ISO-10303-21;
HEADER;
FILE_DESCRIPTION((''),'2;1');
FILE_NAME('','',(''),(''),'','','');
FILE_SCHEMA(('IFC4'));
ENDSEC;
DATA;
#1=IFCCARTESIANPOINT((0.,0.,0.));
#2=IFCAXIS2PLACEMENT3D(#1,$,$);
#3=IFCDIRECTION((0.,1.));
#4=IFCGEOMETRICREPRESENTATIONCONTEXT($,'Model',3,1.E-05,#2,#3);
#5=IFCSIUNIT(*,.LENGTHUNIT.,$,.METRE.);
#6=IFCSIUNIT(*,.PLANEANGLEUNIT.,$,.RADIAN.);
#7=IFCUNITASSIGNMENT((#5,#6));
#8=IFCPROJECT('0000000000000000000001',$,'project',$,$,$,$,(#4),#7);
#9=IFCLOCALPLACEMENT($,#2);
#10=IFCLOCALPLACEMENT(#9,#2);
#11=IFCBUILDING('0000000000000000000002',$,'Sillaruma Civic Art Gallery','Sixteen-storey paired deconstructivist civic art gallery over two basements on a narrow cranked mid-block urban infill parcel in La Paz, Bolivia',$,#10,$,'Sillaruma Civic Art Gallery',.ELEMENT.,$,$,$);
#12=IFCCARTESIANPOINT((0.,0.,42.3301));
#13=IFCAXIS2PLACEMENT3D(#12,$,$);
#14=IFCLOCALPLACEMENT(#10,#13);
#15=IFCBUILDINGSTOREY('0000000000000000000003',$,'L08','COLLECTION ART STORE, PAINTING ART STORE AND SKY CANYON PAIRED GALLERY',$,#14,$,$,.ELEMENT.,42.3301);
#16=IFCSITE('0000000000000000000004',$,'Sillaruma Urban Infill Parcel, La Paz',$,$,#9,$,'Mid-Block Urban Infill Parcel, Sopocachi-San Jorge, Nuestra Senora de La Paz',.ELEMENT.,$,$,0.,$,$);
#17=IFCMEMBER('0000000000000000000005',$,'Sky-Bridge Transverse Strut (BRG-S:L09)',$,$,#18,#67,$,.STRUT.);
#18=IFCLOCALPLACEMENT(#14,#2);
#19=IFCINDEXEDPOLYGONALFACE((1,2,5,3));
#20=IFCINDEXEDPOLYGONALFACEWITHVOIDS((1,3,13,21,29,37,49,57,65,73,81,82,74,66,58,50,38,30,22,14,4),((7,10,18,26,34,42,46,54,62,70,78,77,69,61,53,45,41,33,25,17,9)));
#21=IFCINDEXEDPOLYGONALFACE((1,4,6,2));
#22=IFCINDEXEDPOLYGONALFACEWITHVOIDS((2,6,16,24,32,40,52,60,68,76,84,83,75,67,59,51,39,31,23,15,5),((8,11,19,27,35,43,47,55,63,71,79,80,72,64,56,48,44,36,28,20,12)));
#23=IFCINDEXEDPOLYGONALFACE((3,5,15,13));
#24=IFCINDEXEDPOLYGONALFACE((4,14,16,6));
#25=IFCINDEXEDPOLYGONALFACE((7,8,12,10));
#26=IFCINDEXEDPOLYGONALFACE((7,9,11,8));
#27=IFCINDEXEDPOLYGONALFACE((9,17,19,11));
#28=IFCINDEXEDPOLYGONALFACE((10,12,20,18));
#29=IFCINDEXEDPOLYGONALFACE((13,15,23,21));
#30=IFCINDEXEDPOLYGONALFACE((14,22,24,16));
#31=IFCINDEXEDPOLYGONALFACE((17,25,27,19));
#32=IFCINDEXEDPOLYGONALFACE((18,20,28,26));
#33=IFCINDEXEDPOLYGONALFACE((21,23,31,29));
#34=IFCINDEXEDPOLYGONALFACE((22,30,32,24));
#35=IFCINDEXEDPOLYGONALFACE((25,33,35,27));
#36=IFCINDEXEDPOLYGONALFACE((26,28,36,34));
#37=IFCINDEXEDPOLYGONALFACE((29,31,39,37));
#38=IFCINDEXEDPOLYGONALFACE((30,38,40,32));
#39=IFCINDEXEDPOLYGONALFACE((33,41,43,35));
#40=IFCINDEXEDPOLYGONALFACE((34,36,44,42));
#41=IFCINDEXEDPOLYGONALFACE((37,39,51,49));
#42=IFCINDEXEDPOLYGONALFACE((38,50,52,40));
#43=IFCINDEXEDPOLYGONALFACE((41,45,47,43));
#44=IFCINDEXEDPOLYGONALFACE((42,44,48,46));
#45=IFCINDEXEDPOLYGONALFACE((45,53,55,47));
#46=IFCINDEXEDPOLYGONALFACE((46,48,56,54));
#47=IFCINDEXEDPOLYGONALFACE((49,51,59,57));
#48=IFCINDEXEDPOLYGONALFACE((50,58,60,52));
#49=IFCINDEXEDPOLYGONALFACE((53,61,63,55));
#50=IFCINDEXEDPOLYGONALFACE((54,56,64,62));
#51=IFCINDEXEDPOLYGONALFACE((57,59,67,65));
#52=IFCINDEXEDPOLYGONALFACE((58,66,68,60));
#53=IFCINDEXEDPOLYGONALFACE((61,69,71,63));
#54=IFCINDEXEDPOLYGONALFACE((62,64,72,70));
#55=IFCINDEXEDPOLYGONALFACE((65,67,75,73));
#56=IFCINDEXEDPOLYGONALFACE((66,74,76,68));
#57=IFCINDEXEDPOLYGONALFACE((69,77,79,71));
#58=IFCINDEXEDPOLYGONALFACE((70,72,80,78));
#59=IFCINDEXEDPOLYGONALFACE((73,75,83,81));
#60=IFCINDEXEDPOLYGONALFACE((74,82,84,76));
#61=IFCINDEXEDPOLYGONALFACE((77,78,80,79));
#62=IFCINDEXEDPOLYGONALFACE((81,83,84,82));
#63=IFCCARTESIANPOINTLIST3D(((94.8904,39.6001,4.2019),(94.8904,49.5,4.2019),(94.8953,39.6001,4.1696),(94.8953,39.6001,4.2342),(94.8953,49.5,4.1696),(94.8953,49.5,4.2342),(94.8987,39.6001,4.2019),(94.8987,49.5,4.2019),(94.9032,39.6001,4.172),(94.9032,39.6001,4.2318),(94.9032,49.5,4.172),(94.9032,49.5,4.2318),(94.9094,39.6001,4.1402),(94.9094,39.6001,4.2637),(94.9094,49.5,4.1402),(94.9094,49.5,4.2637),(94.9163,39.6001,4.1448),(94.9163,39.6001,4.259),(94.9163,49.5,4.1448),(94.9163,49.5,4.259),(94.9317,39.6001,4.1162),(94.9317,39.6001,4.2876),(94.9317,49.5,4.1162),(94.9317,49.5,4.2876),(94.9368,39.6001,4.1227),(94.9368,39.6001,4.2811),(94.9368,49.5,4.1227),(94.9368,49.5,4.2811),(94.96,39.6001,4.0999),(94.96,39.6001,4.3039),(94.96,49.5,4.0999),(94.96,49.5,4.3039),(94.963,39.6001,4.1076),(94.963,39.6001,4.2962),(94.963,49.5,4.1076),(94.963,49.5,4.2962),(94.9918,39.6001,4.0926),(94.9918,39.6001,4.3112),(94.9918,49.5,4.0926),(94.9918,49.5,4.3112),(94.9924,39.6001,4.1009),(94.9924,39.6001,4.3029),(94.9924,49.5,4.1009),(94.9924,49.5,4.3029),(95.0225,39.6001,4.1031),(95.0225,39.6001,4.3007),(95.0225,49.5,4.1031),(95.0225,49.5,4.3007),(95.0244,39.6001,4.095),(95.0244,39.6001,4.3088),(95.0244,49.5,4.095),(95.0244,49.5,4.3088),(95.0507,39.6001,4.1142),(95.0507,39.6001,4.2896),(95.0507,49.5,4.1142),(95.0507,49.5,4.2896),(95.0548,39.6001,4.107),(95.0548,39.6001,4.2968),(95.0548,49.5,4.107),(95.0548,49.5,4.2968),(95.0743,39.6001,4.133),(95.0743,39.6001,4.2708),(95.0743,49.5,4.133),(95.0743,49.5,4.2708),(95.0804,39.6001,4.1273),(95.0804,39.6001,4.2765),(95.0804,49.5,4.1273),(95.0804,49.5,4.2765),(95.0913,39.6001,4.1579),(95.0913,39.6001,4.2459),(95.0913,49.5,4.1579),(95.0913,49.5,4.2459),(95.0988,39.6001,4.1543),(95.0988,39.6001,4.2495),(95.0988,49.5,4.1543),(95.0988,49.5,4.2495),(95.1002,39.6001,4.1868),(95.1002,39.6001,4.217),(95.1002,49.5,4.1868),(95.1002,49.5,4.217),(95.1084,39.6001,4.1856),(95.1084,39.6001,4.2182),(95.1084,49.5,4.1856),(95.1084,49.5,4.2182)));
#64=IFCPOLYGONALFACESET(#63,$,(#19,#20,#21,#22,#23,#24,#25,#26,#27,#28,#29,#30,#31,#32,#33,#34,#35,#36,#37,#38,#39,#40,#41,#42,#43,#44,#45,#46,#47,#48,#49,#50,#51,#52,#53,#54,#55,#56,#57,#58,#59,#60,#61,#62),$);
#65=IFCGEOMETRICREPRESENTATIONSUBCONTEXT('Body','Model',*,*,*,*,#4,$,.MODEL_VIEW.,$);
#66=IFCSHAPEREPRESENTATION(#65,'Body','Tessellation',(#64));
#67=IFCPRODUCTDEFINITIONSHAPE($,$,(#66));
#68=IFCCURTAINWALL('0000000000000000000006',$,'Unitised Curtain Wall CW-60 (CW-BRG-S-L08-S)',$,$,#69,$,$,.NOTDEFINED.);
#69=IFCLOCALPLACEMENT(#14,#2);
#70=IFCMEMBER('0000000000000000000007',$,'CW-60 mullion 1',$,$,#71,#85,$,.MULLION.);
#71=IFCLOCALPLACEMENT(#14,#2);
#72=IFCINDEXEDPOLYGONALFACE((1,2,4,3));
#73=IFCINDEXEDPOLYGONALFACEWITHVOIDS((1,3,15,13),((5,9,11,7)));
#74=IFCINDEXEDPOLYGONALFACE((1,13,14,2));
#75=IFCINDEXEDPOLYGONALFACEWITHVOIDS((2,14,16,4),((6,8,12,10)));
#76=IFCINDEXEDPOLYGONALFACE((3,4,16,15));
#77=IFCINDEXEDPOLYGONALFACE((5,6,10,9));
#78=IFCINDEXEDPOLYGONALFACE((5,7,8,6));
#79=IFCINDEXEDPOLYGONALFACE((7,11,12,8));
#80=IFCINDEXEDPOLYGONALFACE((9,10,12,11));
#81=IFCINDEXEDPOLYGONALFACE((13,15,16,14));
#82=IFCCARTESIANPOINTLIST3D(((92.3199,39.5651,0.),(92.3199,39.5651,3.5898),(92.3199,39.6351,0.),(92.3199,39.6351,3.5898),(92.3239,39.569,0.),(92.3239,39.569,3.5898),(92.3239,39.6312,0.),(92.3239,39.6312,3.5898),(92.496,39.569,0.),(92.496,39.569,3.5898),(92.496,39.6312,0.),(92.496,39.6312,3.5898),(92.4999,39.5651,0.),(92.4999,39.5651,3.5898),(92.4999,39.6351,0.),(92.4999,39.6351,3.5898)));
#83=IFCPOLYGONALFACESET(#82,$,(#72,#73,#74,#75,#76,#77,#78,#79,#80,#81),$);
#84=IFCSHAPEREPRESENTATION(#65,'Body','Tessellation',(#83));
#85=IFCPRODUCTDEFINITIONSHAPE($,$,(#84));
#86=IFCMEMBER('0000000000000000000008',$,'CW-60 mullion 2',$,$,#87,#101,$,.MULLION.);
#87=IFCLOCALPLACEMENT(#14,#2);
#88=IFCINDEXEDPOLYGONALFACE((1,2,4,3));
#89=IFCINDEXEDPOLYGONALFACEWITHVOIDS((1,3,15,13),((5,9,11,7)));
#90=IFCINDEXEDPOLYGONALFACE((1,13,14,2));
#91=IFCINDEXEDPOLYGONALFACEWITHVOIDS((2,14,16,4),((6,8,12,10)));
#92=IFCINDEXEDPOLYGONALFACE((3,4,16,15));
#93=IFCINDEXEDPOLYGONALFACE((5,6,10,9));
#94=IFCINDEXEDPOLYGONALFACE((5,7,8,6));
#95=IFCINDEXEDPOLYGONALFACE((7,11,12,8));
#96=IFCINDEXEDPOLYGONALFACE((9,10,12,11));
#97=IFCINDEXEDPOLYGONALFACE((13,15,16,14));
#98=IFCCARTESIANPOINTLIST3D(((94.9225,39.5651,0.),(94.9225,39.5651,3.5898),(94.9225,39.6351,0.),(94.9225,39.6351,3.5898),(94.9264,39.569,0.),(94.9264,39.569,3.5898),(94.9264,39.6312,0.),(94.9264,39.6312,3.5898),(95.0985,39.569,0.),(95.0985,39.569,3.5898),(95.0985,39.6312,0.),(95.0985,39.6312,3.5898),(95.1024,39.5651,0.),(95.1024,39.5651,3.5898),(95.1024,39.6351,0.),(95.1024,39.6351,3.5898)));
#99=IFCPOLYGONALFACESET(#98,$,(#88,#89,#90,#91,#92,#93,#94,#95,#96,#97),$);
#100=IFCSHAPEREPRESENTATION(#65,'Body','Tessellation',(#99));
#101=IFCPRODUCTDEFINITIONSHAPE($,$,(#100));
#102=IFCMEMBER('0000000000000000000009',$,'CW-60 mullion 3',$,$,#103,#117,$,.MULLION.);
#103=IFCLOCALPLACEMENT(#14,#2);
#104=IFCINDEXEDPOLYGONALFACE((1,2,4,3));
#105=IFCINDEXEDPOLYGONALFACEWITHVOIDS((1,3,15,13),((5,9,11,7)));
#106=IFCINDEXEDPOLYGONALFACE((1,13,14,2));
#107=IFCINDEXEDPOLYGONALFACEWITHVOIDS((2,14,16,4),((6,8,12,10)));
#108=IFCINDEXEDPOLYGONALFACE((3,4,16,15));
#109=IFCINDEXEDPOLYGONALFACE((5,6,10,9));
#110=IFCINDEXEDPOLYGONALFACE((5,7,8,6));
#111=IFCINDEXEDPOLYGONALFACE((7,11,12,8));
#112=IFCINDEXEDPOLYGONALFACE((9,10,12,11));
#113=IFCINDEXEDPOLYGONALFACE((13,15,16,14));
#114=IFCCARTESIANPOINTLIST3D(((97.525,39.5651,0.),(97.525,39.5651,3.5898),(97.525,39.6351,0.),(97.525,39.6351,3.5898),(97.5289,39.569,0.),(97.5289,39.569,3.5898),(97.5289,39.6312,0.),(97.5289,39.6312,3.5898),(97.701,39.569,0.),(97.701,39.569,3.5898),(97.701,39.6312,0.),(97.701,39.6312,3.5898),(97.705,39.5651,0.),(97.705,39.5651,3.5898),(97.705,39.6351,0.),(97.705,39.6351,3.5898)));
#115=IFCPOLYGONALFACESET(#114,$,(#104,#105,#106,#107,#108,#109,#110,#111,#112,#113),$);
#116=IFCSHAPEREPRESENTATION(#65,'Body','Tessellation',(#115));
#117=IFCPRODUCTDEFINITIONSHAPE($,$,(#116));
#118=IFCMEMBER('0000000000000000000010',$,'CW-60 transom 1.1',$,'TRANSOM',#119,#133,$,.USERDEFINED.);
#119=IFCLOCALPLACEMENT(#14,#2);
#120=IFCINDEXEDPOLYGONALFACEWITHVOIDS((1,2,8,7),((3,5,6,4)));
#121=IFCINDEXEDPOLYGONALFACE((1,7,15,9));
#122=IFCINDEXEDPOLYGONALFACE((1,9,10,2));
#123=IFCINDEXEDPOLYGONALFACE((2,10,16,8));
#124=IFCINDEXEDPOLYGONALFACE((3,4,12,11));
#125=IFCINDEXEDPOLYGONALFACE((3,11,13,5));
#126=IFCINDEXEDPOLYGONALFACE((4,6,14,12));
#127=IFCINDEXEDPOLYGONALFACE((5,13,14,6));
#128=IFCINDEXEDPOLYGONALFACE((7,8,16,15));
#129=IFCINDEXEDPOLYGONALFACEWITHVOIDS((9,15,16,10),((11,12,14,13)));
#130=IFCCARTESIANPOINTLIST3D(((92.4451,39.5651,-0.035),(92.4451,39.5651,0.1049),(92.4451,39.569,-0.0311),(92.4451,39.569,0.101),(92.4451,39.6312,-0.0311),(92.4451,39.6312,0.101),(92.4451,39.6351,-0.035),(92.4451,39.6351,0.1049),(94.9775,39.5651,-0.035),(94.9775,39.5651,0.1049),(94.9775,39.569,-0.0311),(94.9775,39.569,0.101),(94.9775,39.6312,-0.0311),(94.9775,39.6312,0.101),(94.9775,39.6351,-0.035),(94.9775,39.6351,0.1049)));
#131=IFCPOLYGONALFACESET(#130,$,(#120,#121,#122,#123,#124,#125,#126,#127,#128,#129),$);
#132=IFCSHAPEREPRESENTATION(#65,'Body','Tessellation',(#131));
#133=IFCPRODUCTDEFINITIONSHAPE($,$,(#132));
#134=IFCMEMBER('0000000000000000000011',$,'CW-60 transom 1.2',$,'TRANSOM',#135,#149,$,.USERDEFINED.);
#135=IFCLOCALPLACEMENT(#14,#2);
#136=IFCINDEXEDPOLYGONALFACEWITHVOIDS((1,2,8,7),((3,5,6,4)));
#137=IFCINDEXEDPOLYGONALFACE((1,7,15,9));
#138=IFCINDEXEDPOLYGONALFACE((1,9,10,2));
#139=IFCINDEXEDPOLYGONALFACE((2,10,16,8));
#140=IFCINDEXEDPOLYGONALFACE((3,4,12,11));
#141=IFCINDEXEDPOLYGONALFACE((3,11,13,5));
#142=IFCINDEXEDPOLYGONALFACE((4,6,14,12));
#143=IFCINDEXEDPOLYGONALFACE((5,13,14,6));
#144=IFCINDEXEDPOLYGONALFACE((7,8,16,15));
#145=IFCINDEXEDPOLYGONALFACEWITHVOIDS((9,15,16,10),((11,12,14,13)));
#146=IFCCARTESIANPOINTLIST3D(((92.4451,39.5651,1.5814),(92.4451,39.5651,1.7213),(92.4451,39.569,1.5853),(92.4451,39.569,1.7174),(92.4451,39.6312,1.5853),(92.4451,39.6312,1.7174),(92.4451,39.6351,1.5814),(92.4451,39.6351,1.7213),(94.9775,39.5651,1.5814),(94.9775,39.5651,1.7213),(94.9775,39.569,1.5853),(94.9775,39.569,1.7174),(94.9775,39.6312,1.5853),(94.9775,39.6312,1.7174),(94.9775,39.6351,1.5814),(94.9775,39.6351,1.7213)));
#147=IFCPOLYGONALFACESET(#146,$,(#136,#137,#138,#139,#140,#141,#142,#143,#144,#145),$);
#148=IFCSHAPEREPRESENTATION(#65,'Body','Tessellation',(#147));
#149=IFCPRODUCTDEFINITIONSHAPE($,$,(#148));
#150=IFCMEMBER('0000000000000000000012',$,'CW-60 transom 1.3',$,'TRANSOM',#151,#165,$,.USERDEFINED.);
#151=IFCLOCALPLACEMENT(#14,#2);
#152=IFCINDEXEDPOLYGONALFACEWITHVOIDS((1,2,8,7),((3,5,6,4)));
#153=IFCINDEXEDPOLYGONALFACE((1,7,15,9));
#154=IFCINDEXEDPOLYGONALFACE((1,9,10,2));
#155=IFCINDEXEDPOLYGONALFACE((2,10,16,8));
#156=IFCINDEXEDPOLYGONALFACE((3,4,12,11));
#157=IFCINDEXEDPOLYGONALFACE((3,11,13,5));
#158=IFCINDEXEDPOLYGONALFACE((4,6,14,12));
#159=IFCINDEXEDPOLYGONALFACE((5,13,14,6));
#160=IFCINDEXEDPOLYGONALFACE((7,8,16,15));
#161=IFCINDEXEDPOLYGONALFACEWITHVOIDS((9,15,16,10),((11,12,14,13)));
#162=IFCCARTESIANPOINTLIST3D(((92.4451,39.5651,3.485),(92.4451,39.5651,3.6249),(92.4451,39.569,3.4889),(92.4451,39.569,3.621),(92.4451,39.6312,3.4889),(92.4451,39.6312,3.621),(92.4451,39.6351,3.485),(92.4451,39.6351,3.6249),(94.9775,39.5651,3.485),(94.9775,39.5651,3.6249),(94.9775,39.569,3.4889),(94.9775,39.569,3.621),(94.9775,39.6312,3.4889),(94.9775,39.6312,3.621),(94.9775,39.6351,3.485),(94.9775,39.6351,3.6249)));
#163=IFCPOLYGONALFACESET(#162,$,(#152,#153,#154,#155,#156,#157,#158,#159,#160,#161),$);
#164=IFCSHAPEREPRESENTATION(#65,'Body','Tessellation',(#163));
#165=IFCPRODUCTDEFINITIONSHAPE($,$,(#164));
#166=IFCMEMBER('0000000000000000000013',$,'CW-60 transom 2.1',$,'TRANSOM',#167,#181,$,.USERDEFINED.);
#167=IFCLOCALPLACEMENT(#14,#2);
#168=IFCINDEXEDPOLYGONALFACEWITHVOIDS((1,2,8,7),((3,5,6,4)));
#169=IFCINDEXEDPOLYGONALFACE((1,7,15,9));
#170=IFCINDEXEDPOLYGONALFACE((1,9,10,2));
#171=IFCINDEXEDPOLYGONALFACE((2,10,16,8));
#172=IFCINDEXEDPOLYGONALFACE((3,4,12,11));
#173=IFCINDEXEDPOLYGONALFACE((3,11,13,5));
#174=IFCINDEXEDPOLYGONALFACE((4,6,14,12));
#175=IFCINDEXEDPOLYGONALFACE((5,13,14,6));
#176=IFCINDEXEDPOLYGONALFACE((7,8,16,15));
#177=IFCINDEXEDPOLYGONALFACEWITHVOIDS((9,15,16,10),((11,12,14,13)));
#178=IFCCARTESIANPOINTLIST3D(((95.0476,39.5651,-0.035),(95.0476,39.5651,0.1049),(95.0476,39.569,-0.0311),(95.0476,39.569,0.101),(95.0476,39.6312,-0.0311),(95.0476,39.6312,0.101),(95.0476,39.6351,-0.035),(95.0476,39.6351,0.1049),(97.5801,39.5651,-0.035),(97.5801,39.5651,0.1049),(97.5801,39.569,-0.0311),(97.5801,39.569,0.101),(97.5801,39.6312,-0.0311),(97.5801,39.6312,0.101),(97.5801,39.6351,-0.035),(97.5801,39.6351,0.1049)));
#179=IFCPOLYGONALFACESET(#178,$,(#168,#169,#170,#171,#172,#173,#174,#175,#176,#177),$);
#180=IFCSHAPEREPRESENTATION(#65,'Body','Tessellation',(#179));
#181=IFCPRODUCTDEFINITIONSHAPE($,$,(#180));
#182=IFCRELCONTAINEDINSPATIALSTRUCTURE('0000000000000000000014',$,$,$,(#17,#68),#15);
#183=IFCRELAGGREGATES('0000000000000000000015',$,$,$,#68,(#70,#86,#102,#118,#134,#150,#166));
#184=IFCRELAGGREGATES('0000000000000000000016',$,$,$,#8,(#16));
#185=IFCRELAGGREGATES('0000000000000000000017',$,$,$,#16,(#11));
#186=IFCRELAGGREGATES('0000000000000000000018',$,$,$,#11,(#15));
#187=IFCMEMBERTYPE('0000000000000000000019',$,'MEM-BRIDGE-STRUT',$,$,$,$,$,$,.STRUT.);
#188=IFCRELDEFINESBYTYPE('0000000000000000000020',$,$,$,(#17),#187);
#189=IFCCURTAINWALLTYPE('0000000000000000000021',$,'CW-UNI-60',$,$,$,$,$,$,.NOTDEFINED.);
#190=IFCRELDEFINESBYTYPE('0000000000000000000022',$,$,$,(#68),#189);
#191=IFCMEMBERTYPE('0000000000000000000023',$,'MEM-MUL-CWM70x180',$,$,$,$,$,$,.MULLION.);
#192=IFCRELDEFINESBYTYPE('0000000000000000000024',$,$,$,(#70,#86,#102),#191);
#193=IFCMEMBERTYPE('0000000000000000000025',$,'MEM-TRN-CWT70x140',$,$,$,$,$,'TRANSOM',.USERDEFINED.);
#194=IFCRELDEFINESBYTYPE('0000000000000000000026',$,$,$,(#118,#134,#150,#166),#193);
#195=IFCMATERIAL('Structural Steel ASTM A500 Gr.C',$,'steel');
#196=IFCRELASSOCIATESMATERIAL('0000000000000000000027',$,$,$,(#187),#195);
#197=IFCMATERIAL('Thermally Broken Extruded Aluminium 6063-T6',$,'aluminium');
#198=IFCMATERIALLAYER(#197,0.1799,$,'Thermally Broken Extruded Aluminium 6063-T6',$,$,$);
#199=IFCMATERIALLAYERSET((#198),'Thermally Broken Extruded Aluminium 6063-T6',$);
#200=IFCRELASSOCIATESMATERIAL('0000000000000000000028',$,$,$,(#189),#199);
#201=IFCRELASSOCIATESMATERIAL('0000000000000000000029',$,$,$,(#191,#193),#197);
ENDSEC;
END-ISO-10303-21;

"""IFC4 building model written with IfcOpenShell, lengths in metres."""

from ifc_helpers import new_model, si_unit, direction, frame, origin, origin_2d, place, context, subcontext, project, spatial, hollow_rectangle, hollow_circle, extrude, material, layer, layer_set, material_profile, profile_set, type_object, element, aggregate, save


model = new_model("IFC4")

# Units and contexts
model_context = context("Model", 3, precision=1e-05, world=origin(), true_north=direction((0.0, 1.0)))
body_context = subcontext(model_context, "Body", "Model", "MODEL_VIEW")
ifc_project = project(units=[si_unit("LENGTHUNIT", "METRE"), si_unit("PLANEANGLEUNIT", "RADIAN")], contexts=[model_context])

# Site, building, storey
site_placement = place(None, origin())
site = spatial("IfcSite", under=ifc_project, at=site_placement, Name="Sillaruma Urban Infill Parcel, La Paz", LongName="Mid-Block Urban Infill Parcel, Sopocachi-San Jorge, Nuestra Senora de La Paz", CompositionType="ELEMENT", RefElevation=0.0)
building_placement = place(site_placement, origin())
building = spatial("IfcBuilding", under=site, at=building_placement, Name="Sillaruma Civic Art Gallery", Description="Sixteen-storey paired deconstructivist civic art gallery over two basements on a narrow cranked mid-block urban infill parcel in La Paz, Bolivia", LongName="Sillaruma Civic Art Gallery", CompositionType="ELEMENT")
storey_placement = place(building_placement, frame((0.0, 0.0, 42.3301)))
storey = spatial("IfcBuildingStorey", under=building, at=storey_placement, Name="L08", Description="COLLECTION ART STORE, PAINTING ART STORE AND SKY CANYON PAIRED GALLERY", CompositionType="ELEMENT", Elevation=42.3301)

# Member
ifc_material_1 = material(Name="Structural Steel ASTM A500 Gr.C", Category="steel")
ifc_material_profile_1 = material_profile(ifc_material_1, hollow_circle(Radius=0.1096, WallThickness=0.0083, at=origin_2d()), Name="CHS219.1x8.2")
ifc_profile_set_1 = profile_set([ifc_material_profile_1], Name="Structural Steel ASTM A500 Gr.C")
member_type_1 = type_object("IfcMemberType", Name="MEM-BRIDGE-STRUT", PredefinedType="STRUT", material=ifc_profile_set_1)
member_1_placement = place(storey_placement, frame((95.0, 39.6001, 4.2019), z_axis=(0.0, 1.0, 0.0), x_axis=(-1.0, 0.0, 0.0)))
element("IfcMember", 1, at=member_1_placement, inside=storey, type_object=member_type_1, Name="Sky-Bridge Transverse Strut (BRG-S:L09)", PredefinedType="STRUT", context=body_context, shape_type="SweptSolid", body=[
    extrude(hollow_circle(Radius=0.1096, WallThickness=0.0083, at=origin_2d()), origin(), (0.0, 0.0, 1.0), 9.8999),
])

# Curtain wall, members
ifc_material_2 = material(Name="Thermally Broken Extruded Aluminium 6063-T6", Category="aluminium")
ifc_layer_1 = layer(ifc_material_2, 0.1799, Name="Thermally Broken Extruded Aluminium 6063-T6")
ifc_layer_set_1 = layer_set([ifc_layer_1], Name="Thermally Broken Extruded Aluminium 6063-T6")
curtain_wall_type = type_object("IfcCurtainWallType", Name="CW-UNI-60", PredefinedType="NOTDEFINED", material=ifc_layer_set_1)
curtain_wall_placement = place(storey_placement, origin())
curtain_wall = element("IfcCurtainWall", 2, at=curtain_wall_placement, inside=storey, type_object=curtain_wall_type, Name="Unitised Curtain Wall CW-60 (CW-BRG-S-L08-S)", PredefinedType="NOTDEFINED")
ifc_material_profile_2 = material_profile(ifc_material_2, hollow_rectangle(XDim=0.0701, YDim=0.1799, WallThickness=0.0039, at=origin_2d()), Name="CWM70x180")
ifc_profile_set_2 = profile_set([ifc_material_profile_2], Name="Thermally Broken Extruded Aluminium 6063-T6")
member_type_2 = type_object("IfcMemberType", Name="MEM-MUL-CWM70x180", PredefinedType="MULLION", material=ifc_profile_set_2)
member_2_placement = place(storey_placement, frame((92.4099, 39.6001, 0.0), z_axis=(0.0, 0.0, 1.0), x_axis=(0.0, 1.0, 0.0)))
member_2 = element("IfcMember", 3, at=member_2_placement, type_object=member_type_2, Name="CW-60 mullion 1", PredefinedType="MULLION", context=body_context, shape_type="SweptSolid", body=[
    extrude(hollow_rectangle(XDim=0.0701, YDim=0.1799, WallThickness=0.0039, at=origin_2d()), origin(), (0.0, 0.0, 1.0), 3.5898),
])
member_3_placement = place(storey_placement, frame((95.0125, 39.6001, 0.0), z_axis=(0.0, 0.0, 1.0), x_axis=(0.0, 1.0, 0.0)))
member_3 = element("IfcMember", 4, at=member_3_placement, type_object=member_type_2, Name="CW-60 mullion 2", PredefinedType="MULLION", context=body_context, shape_type="SweptSolid", body=[
    extrude(hollow_rectangle(XDim=0.0701, YDim=0.1799, WallThickness=0.0039, at=origin_2d()), origin(), (0.0, 0.0, 1.0), 3.5898),
])
member_4_placement = place(storey_placement, frame((97.615, 39.6001, 0.0), z_axis=(0.0, 0.0, 1.0), x_axis=(0.0, 1.0, 0.0)))
member_4 = element("IfcMember", 5, at=member_4_placement, type_object=member_type_2, Name="CW-60 mullion 3", PredefinedType="MULLION", context=body_context, shape_type="SweptSolid", body=[
    extrude(hollow_rectangle(XDim=0.0701, YDim=0.1799, WallThickness=0.0039, at=origin_2d()), origin(), (0.0, 0.0, 1.0), 3.5898),
])
ifc_material_profile_3 = material_profile(ifc_material_2, hollow_rectangle(XDim=0.0701, YDim=0.1399, WallThickness=0.0039, at=origin_2d()), Name="CWT70x140")
ifc_profile_set_3 = profile_set([ifc_material_profile_3], Name="Thermally Broken Extruded Aluminium 6063-T6")
member_type_3 = type_object("IfcMemberType", Name="MEM-TRN-CWT70x140", ElementType="TRANSOM", PredefinedType="USERDEFINED", material=ifc_profile_set_3)
member_5_placement = place(storey_placement, frame((92.4451, 39.6001, 0.0349), z_axis=(1.0, 0.0, 0.0), x_axis=(0.0, 1.0, 0.0)))
member_5 = element("IfcMember", 6, at=member_5_placement, type_object=member_type_3, Name="CW-60 transom 1.1", ObjectType="TRANSOM", PredefinedType="USERDEFINED", context=body_context, shape_type="SweptSolid", body=[
    extrude(hollow_rectangle(XDim=0.0701, YDim=0.1399, WallThickness=0.0039, at=origin_2d()), origin(), (0.0, 0.0, 1.0), 2.5325),
])
member_6_placement = place(storey_placement, frame((92.4451, 39.6001, 1.6514), z_axis=(1.0, 0.0, 0.0), x_axis=(0.0, 1.0, 0.0)))
member_6 = element("IfcMember", 7, at=member_6_placement, type_object=member_type_3, Name="CW-60 transom 1.2", ObjectType="TRANSOM", PredefinedType="USERDEFINED", context=body_context, shape_type="SweptSolid", body=[
    extrude(hollow_rectangle(XDim=0.0701, YDim=0.1399, WallThickness=0.0039, at=origin_2d()), origin(), (0.0, 0.0, 1.0), 2.5325),
])
member_7_placement = place(storey_placement, frame((92.4451, 39.6001, 3.5549), z_axis=(1.0, 0.0, 0.0), x_axis=(0.0, 1.0, 0.0)))
member_7 = element("IfcMember", 8, at=member_7_placement, type_object=member_type_3, Name="CW-60 transom 1.3", ObjectType="TRANSOM", PredefinedType="USERDEFINED", context=body_context, shape_type="SweptSolid", body=[
    extrude(hollow_rectangle(XDim=0.0701, YDim=0.1399, WallThickness=0.0039, at=origin_2d()), origin(), (0.0, 0.0, 1.0), 2.5325),
])
member_8_placement = place(storey_placement, frame((95.0476, 39.6001, 0.0349), z_axis=(1.0, 0.0, 0.0), x_axis=(0.0, 1.0, 0.0)))
member_8 = element("IfcMember", 9, at=member_8_placement, type_object=member_type_3, Name="CW-60 transom 2.1", ObjectType="TRANSOM", PredefinedType="USERDEFINED", context=body_context, shape_type="SweptSolid", body=[
    extrude(hollow_rectangle(XDim=0.0701, YDim=0.1399, WallThickness=0.0039, at=origin_2d()), origin(), (0.0, 0.0, 1.0), 2.5325),
])

aggregate(curtain_wall, [member_2, member_3, member_4, member_5, member_6, member_7, member_8])

save(model, "model.ifc")
